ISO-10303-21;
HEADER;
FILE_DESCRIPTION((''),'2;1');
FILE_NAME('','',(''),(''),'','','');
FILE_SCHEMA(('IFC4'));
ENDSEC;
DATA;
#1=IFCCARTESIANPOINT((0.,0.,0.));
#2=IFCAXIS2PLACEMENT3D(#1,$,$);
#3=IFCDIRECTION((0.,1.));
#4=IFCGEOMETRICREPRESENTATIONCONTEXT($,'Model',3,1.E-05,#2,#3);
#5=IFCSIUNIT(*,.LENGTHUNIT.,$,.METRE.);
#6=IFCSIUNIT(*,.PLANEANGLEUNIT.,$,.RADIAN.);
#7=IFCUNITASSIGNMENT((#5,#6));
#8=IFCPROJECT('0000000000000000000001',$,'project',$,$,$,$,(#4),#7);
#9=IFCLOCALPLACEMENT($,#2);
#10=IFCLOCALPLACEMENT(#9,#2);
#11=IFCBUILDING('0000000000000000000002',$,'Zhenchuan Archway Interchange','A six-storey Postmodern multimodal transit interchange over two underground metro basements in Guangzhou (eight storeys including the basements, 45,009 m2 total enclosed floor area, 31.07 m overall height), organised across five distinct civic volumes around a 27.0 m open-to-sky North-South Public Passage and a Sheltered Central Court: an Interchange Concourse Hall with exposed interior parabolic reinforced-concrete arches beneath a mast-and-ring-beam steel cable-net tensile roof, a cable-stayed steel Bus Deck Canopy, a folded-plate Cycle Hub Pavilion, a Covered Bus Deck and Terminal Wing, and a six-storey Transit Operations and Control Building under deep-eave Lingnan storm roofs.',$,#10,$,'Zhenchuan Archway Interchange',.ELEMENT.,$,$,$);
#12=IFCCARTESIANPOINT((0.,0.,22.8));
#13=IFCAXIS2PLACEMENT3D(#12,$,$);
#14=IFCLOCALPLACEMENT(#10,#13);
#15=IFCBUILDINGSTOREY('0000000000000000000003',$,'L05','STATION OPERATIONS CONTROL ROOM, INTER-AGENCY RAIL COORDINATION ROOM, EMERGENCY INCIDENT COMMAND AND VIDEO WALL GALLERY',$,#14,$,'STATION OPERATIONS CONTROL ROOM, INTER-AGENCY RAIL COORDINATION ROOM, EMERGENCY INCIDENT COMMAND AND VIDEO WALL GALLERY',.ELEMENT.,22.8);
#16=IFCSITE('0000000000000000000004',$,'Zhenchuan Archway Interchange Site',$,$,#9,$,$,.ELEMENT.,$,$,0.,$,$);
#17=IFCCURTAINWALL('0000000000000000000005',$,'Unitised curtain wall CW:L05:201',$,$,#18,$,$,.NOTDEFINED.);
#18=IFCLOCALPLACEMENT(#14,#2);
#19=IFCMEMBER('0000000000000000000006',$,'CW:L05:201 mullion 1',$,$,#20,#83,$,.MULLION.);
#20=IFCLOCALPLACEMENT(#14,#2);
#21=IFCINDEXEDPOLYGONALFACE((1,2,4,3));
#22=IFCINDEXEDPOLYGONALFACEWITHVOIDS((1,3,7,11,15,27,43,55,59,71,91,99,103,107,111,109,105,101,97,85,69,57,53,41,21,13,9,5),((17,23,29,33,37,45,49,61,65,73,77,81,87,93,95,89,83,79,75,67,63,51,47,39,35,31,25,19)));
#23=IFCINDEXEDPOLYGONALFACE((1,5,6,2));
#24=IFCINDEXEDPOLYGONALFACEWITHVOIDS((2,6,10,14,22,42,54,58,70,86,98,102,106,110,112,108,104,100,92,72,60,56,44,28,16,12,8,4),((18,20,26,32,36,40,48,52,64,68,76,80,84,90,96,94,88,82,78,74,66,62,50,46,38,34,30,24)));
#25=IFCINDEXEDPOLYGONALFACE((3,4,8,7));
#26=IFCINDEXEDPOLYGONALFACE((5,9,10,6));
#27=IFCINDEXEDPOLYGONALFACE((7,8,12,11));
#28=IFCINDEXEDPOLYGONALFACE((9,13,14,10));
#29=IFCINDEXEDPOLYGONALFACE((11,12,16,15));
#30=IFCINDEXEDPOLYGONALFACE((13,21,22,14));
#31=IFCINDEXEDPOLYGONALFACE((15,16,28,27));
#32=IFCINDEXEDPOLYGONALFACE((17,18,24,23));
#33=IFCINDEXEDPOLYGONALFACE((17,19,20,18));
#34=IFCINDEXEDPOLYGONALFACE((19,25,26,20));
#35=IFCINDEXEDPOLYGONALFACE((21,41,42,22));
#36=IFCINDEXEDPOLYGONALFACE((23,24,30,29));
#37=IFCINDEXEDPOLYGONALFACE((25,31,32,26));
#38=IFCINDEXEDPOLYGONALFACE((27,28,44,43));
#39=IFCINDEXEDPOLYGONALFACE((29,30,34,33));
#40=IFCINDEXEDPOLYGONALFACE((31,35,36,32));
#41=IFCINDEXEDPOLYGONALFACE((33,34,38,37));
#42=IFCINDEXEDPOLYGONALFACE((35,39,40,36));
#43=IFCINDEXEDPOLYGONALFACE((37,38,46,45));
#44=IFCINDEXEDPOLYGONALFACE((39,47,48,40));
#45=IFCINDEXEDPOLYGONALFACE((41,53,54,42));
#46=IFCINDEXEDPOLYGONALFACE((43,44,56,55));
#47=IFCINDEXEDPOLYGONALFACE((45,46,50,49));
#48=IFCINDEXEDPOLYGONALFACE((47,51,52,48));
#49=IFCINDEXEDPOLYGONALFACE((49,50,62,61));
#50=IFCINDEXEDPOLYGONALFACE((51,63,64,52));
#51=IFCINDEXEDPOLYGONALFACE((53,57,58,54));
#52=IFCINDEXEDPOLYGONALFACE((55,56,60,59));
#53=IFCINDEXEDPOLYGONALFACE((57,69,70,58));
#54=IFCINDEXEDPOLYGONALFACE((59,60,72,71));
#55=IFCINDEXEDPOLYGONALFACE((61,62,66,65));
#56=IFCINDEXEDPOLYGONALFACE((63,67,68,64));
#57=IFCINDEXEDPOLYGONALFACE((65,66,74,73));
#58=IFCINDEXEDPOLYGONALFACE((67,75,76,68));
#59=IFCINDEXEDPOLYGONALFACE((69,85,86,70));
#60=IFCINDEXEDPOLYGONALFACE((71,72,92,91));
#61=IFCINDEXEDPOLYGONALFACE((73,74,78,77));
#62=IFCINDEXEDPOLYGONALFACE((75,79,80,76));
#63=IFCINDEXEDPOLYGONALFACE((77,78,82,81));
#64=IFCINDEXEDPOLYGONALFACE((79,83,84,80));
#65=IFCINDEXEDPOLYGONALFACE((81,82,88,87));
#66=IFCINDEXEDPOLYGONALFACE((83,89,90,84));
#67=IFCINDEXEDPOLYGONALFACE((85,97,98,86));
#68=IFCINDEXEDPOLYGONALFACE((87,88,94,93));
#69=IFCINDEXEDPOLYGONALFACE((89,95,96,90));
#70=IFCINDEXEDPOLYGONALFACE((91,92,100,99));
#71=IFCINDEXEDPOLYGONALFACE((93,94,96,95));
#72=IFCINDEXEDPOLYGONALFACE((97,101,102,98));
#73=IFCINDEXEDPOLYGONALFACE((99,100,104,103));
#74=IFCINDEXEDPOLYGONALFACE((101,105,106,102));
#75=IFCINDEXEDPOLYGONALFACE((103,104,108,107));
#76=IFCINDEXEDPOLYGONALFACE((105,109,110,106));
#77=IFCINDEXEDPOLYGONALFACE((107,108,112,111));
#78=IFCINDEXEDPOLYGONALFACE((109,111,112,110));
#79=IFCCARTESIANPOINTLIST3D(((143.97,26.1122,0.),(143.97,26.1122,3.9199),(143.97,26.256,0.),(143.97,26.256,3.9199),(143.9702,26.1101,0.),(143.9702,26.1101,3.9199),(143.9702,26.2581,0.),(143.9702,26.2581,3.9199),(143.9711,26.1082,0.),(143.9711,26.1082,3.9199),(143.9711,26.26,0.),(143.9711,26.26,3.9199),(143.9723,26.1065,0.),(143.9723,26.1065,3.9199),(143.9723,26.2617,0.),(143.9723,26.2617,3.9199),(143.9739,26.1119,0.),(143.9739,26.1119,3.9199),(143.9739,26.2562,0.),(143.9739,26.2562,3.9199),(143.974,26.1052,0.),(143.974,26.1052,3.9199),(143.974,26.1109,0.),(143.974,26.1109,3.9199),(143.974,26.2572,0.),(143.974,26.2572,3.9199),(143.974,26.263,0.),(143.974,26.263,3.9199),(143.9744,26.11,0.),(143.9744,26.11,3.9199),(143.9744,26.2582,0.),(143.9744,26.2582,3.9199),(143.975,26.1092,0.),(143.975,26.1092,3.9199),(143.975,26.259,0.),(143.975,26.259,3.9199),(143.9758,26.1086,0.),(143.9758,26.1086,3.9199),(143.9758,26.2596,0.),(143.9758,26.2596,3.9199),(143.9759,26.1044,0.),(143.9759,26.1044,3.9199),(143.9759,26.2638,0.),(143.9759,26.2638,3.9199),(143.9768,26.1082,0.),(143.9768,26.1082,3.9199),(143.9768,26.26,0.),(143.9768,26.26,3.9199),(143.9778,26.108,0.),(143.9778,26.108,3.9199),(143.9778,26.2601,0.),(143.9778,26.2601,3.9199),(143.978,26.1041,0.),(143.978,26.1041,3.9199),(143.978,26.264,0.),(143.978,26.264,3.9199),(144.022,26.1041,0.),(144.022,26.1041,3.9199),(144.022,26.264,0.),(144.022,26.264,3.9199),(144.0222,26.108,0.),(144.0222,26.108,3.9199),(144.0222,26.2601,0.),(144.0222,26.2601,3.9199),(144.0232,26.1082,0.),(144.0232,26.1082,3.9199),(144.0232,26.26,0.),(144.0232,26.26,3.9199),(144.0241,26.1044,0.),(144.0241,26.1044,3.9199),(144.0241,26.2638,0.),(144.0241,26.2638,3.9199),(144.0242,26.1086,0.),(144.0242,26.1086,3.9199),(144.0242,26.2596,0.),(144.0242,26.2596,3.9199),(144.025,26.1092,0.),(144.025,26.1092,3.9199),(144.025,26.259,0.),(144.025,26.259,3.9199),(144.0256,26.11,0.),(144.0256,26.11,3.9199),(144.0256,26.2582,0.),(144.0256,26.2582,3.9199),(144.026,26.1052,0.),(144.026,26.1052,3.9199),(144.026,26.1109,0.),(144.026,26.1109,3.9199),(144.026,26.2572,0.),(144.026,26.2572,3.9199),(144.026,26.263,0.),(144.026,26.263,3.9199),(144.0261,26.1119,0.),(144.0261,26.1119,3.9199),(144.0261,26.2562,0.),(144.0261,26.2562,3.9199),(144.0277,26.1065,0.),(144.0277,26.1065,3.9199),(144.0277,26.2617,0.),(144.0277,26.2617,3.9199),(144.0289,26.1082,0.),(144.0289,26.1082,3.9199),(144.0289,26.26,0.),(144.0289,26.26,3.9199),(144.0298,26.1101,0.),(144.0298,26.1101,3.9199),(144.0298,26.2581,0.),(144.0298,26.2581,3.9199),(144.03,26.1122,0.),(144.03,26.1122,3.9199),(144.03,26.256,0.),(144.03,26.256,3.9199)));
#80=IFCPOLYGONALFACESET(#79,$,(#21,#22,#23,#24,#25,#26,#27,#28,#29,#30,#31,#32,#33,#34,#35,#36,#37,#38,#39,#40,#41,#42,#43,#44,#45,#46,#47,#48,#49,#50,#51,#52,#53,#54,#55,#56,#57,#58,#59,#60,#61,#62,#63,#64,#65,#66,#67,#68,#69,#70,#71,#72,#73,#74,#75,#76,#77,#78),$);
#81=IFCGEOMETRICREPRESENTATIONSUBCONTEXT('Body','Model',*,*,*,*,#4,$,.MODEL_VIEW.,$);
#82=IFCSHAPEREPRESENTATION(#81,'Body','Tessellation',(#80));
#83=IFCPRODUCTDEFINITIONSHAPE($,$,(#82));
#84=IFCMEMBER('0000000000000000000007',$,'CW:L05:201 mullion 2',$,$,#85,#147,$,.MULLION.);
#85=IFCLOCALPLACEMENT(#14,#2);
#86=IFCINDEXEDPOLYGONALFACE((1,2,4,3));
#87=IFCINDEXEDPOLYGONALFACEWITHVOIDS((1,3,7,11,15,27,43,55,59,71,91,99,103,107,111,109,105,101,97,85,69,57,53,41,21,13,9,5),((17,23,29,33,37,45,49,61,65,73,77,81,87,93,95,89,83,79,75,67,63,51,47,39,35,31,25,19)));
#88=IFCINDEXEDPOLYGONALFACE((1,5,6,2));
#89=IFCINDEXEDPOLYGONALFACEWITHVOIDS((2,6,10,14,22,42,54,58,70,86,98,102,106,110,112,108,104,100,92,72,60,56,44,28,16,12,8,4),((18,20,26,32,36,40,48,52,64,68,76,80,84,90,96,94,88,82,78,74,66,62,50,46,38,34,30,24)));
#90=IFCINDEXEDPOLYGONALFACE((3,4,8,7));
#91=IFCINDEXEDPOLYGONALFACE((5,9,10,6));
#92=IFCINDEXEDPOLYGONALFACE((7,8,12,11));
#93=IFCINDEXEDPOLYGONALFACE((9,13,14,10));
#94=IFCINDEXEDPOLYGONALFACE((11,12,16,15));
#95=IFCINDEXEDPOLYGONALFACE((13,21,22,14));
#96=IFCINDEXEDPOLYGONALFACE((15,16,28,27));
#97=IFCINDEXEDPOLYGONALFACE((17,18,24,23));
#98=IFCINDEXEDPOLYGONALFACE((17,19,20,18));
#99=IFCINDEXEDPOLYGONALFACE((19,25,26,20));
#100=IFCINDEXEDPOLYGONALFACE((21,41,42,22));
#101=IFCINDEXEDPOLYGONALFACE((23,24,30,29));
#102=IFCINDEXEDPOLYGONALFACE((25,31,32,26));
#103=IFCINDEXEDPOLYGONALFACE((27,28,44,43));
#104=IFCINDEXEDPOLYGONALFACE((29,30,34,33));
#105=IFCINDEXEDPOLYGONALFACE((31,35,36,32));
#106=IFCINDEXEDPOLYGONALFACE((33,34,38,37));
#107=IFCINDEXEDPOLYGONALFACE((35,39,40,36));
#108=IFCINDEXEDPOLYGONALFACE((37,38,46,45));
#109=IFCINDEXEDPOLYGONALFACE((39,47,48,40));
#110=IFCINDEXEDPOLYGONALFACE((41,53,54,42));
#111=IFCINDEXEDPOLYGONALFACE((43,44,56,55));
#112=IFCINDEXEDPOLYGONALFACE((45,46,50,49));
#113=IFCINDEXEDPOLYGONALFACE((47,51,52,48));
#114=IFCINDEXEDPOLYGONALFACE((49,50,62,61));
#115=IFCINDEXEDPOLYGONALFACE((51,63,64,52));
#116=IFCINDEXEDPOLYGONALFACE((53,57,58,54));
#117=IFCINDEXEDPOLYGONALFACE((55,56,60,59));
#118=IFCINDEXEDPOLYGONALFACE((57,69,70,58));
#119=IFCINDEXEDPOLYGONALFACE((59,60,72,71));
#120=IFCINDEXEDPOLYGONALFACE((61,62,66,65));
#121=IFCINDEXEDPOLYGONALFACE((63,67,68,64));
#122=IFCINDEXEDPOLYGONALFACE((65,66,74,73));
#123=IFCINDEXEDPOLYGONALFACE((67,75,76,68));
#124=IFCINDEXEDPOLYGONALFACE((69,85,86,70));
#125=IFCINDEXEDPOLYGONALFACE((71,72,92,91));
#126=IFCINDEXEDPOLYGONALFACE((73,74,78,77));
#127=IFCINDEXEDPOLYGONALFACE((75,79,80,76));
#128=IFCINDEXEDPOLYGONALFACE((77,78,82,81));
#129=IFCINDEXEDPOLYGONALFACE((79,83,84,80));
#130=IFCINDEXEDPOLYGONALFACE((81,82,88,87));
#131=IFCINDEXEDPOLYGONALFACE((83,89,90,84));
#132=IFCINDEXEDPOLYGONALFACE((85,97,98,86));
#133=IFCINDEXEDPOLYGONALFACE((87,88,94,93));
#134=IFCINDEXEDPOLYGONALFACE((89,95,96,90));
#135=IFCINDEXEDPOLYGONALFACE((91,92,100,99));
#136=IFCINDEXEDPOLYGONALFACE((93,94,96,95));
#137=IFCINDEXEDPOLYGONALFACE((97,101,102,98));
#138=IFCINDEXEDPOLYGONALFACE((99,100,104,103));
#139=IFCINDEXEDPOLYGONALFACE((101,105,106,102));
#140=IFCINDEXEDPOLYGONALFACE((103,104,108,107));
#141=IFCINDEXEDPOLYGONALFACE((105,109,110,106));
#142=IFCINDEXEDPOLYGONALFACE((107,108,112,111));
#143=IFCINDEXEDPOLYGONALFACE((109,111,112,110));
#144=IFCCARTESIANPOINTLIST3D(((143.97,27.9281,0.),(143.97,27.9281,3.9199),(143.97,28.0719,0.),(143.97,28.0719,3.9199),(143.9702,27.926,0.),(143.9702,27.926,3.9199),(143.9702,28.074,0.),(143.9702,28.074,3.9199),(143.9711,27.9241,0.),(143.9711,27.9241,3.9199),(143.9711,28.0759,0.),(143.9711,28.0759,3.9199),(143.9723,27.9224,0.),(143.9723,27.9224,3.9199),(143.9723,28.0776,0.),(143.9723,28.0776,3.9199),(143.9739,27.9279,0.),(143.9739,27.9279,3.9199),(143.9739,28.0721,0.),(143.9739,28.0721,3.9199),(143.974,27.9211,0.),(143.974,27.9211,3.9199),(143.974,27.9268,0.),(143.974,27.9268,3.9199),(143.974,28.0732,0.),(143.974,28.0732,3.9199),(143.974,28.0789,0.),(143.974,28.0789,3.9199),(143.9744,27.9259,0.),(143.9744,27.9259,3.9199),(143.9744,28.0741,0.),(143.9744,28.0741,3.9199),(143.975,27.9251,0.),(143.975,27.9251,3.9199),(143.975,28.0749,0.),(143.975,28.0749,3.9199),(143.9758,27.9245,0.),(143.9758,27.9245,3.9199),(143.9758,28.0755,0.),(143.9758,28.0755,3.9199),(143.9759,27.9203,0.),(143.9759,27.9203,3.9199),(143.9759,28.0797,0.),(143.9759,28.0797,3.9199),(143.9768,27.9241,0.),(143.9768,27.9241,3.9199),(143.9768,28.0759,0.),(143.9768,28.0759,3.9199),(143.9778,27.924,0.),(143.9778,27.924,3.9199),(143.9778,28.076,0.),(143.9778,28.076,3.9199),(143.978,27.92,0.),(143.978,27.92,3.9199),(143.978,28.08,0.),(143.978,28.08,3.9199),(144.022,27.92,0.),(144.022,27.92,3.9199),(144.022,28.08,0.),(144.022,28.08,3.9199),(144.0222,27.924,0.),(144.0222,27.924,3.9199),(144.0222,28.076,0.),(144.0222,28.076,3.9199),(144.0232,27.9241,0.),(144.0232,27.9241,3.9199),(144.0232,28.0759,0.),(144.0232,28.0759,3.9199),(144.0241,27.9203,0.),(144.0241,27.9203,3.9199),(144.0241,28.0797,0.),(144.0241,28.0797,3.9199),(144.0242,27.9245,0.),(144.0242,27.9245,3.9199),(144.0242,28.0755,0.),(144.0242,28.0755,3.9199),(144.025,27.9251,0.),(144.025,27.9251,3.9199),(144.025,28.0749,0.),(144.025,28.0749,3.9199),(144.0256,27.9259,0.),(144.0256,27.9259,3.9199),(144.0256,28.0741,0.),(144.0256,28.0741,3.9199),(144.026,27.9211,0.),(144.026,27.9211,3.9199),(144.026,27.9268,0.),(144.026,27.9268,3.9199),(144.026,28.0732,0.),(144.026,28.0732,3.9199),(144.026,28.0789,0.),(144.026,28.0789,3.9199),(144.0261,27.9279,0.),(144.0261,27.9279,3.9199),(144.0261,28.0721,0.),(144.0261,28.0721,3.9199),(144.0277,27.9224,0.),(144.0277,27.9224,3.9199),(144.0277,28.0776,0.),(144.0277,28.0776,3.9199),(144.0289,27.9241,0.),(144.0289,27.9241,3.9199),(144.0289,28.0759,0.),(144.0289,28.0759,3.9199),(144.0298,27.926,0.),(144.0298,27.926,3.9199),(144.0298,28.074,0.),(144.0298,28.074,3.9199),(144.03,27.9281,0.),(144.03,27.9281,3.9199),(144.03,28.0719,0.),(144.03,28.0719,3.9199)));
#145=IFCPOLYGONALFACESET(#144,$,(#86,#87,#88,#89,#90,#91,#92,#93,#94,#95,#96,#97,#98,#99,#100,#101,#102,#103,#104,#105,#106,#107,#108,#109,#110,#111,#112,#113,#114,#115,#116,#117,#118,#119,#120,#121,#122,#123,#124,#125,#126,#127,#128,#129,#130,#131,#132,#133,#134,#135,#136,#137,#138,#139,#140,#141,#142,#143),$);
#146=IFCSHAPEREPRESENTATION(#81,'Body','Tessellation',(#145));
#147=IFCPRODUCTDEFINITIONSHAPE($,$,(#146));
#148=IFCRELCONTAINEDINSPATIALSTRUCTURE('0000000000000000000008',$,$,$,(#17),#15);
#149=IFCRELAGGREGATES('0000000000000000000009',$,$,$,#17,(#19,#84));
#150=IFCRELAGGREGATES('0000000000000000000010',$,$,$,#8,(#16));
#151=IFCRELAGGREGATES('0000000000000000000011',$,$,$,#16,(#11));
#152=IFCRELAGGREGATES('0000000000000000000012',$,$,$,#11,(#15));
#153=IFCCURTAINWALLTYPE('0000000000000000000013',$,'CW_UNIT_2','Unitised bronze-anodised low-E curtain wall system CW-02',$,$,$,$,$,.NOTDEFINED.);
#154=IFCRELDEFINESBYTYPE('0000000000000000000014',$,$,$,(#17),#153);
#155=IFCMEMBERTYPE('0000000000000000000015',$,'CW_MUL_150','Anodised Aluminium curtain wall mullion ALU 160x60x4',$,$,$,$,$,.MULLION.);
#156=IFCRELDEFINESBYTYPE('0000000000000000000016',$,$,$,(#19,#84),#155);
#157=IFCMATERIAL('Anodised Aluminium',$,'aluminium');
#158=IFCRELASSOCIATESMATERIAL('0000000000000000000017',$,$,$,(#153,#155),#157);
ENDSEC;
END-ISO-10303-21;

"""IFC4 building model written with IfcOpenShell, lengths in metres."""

from ifc_helpers import new_model, si_unit, direction, frame, origin, origin_2d, place, context, subcontext, project, spatial, hollow_rectangle, extrude, material, material_profile, profile_set, type_object, element, aggregate, save


model = new_model("IFC4")

# Units and contexts
model_context = context("Model", 3, precision=1e-05, world=origin(), true_north=direction((0.0, 1.0)))
body_context = subcontext(model_context, "Body", "Model", "MODEL_VIEW")
ifc_project = project(units=[si_unit("LENGTHUNIT", "METRE"), si_unit("PLANEANGLEUNIT", "RADIAN")], contexts=[model_context])

# Site, building, storey
site_placement = place(None, origin())
site = spatial("IfcSite", under=ifc_project, at=site_placement, Name="Zhenchuan Archway Interchange Site", CompositionType="ELEMENT", RefElevation=0.0)
building_placement = place(site_placement, origin())
building = spatial("IfcBuilding", under=site, at=building_placement, Name="Zhenchuan Archway Interchange", Description="A six-storey Postmodern multimodal transit interchange over two underground metro basements in Guangzhou (eight storeys including the basements, 45,009 m2 total enclosed floor area, 31.07 m overall height), organised across five distinct civic volumes around a 27.0 m open-to-sky North-South Public Passage and a Sheltered Central Court: an Interchange Concourse Hall with exposed interior parabolic reinforced-concrete arches beneath a mast-and-ring-beam steel cable-net tensile roof, a cable-stayed steel Bus Deck Canopy, a folded-plate Cycle Hub Pavilion, a Covered Bus Deck and Terminal Wing, and a six-storey Transit Operations and Control Building under deep-eave Lingnan storm roofs.", LongName="Zhenchuan Archway Interchange", CompositionType="ELEMENT")
storey_placement = place(building_placement, frame((0.0, 0.0, 22.8)))
storey = spatial("IfcBuildingStorey", under=building, at=storey_placement, Name="L05", Description="STATION OPERATIONS CONTROL ROOM, INTER-AGENCY RAIL COORDINATION ROOM, EMERGENCY INCIDENT COMMAND AND VIDEO WALL GALLERY", LongName="STATION OPERATIONS CONTROL ROOM, INTER-AGENCY RAIL COORDINATION ROOM, EMERGENCY INCIDENT COMMAND AND VIDEO WALL GALLERY", CompositionType="ELEMENT", Elevation=22.8)

# Curtain wall, members
ifc_material_1 = material(Name="Anodised Aluminium", Category="aluminium")
curtain_wall_type = type_object("IfcCurtainWallType", Name="CW_UNIT_2", Description="Unitised bronze-anodised low-E curtain wall system CW-02", PredefinedType="NOTDEFINED", material=ifc_material_1)
curtain_wall_placement = place(storey_placement, origin())
curtain_wall = element("IfcCurtainWall", 1, at=curtain_wall_placement, inside=storey, type_object=curtain_wall_type, Name="Unitised curtain wall CW:L05:201", PredefinedType="NOTDEFINED")
ifc_material_profile_1 = material_profile(ifc_material_1, hollow_rectangle(XDim=0.0601, YDim=0.1599, WallThickness=0.0039, InnerFilletRadius=0.0039, OuterFilletRadius=0.0081, at=origin_2d()), Name="ALU 160x60x4")
ifc_profile_set_1 = profile_set([ifc_material_profile_1], Name="Anodised Aluminium")
member_type_1 = type_object("IfcMemberType", Name="CW_MUL_150", Description="Anodised Aluminium curtain wall mullion ALU 160x60x4", PredefinedType="MULLION", material=ifc_profile_set_1)
member_1_placement = place(storey_placement, frame((144.0, 26.1841, 0.0), z_axis=(0.0, 0.0, 1.0), x_axis=(1.0, 0.0, 0.0)))
member_1 = element("IfcMember", 2, at=member_1_placement, type_object=member_type_1, Name="CW:L05:201 mullion 1", PredefinedType="MULLION", context=body_context, shape_type="SweptSolid", body=[
    extrude(hollow_rectangle(XDim=0.0601, YDim=0.1599, WallThickness=0.0039, InnerFilletRadius=0.0039, OuterFilletRadius=0.0081, at=origin_2d()), origin(), (0.0, 0.0, 1.0), 3.9199),
])
member_2_placement = place(storey_placement, frame((144.0, 28.0, 0.0), z_axis=(0.0, 0.0, 1.0), x_axis=(1.0, 0.0, 0.0)))
member_2 = element("IfcMember", 3, at=member_2_placement, type_object=member_type_1, Name="CW:L05:201 mullion 2", PredefinedType="MULLION", context=body_context, shape_type="SweptSolid", body=[
    extrude(hollow_rectangle(XDim=0.0601, YDim=0.1599, WallThickness=0.0039, InnerFilletRadius=0.0039, OuterFilletRadius=0.0081, at=origin_2d()), origin(), (0.0, 0.0, 1.0), 3.9199),
])
aggregate(curtain_wall, [member_1, member_2])

save(model, "model.ifc")
